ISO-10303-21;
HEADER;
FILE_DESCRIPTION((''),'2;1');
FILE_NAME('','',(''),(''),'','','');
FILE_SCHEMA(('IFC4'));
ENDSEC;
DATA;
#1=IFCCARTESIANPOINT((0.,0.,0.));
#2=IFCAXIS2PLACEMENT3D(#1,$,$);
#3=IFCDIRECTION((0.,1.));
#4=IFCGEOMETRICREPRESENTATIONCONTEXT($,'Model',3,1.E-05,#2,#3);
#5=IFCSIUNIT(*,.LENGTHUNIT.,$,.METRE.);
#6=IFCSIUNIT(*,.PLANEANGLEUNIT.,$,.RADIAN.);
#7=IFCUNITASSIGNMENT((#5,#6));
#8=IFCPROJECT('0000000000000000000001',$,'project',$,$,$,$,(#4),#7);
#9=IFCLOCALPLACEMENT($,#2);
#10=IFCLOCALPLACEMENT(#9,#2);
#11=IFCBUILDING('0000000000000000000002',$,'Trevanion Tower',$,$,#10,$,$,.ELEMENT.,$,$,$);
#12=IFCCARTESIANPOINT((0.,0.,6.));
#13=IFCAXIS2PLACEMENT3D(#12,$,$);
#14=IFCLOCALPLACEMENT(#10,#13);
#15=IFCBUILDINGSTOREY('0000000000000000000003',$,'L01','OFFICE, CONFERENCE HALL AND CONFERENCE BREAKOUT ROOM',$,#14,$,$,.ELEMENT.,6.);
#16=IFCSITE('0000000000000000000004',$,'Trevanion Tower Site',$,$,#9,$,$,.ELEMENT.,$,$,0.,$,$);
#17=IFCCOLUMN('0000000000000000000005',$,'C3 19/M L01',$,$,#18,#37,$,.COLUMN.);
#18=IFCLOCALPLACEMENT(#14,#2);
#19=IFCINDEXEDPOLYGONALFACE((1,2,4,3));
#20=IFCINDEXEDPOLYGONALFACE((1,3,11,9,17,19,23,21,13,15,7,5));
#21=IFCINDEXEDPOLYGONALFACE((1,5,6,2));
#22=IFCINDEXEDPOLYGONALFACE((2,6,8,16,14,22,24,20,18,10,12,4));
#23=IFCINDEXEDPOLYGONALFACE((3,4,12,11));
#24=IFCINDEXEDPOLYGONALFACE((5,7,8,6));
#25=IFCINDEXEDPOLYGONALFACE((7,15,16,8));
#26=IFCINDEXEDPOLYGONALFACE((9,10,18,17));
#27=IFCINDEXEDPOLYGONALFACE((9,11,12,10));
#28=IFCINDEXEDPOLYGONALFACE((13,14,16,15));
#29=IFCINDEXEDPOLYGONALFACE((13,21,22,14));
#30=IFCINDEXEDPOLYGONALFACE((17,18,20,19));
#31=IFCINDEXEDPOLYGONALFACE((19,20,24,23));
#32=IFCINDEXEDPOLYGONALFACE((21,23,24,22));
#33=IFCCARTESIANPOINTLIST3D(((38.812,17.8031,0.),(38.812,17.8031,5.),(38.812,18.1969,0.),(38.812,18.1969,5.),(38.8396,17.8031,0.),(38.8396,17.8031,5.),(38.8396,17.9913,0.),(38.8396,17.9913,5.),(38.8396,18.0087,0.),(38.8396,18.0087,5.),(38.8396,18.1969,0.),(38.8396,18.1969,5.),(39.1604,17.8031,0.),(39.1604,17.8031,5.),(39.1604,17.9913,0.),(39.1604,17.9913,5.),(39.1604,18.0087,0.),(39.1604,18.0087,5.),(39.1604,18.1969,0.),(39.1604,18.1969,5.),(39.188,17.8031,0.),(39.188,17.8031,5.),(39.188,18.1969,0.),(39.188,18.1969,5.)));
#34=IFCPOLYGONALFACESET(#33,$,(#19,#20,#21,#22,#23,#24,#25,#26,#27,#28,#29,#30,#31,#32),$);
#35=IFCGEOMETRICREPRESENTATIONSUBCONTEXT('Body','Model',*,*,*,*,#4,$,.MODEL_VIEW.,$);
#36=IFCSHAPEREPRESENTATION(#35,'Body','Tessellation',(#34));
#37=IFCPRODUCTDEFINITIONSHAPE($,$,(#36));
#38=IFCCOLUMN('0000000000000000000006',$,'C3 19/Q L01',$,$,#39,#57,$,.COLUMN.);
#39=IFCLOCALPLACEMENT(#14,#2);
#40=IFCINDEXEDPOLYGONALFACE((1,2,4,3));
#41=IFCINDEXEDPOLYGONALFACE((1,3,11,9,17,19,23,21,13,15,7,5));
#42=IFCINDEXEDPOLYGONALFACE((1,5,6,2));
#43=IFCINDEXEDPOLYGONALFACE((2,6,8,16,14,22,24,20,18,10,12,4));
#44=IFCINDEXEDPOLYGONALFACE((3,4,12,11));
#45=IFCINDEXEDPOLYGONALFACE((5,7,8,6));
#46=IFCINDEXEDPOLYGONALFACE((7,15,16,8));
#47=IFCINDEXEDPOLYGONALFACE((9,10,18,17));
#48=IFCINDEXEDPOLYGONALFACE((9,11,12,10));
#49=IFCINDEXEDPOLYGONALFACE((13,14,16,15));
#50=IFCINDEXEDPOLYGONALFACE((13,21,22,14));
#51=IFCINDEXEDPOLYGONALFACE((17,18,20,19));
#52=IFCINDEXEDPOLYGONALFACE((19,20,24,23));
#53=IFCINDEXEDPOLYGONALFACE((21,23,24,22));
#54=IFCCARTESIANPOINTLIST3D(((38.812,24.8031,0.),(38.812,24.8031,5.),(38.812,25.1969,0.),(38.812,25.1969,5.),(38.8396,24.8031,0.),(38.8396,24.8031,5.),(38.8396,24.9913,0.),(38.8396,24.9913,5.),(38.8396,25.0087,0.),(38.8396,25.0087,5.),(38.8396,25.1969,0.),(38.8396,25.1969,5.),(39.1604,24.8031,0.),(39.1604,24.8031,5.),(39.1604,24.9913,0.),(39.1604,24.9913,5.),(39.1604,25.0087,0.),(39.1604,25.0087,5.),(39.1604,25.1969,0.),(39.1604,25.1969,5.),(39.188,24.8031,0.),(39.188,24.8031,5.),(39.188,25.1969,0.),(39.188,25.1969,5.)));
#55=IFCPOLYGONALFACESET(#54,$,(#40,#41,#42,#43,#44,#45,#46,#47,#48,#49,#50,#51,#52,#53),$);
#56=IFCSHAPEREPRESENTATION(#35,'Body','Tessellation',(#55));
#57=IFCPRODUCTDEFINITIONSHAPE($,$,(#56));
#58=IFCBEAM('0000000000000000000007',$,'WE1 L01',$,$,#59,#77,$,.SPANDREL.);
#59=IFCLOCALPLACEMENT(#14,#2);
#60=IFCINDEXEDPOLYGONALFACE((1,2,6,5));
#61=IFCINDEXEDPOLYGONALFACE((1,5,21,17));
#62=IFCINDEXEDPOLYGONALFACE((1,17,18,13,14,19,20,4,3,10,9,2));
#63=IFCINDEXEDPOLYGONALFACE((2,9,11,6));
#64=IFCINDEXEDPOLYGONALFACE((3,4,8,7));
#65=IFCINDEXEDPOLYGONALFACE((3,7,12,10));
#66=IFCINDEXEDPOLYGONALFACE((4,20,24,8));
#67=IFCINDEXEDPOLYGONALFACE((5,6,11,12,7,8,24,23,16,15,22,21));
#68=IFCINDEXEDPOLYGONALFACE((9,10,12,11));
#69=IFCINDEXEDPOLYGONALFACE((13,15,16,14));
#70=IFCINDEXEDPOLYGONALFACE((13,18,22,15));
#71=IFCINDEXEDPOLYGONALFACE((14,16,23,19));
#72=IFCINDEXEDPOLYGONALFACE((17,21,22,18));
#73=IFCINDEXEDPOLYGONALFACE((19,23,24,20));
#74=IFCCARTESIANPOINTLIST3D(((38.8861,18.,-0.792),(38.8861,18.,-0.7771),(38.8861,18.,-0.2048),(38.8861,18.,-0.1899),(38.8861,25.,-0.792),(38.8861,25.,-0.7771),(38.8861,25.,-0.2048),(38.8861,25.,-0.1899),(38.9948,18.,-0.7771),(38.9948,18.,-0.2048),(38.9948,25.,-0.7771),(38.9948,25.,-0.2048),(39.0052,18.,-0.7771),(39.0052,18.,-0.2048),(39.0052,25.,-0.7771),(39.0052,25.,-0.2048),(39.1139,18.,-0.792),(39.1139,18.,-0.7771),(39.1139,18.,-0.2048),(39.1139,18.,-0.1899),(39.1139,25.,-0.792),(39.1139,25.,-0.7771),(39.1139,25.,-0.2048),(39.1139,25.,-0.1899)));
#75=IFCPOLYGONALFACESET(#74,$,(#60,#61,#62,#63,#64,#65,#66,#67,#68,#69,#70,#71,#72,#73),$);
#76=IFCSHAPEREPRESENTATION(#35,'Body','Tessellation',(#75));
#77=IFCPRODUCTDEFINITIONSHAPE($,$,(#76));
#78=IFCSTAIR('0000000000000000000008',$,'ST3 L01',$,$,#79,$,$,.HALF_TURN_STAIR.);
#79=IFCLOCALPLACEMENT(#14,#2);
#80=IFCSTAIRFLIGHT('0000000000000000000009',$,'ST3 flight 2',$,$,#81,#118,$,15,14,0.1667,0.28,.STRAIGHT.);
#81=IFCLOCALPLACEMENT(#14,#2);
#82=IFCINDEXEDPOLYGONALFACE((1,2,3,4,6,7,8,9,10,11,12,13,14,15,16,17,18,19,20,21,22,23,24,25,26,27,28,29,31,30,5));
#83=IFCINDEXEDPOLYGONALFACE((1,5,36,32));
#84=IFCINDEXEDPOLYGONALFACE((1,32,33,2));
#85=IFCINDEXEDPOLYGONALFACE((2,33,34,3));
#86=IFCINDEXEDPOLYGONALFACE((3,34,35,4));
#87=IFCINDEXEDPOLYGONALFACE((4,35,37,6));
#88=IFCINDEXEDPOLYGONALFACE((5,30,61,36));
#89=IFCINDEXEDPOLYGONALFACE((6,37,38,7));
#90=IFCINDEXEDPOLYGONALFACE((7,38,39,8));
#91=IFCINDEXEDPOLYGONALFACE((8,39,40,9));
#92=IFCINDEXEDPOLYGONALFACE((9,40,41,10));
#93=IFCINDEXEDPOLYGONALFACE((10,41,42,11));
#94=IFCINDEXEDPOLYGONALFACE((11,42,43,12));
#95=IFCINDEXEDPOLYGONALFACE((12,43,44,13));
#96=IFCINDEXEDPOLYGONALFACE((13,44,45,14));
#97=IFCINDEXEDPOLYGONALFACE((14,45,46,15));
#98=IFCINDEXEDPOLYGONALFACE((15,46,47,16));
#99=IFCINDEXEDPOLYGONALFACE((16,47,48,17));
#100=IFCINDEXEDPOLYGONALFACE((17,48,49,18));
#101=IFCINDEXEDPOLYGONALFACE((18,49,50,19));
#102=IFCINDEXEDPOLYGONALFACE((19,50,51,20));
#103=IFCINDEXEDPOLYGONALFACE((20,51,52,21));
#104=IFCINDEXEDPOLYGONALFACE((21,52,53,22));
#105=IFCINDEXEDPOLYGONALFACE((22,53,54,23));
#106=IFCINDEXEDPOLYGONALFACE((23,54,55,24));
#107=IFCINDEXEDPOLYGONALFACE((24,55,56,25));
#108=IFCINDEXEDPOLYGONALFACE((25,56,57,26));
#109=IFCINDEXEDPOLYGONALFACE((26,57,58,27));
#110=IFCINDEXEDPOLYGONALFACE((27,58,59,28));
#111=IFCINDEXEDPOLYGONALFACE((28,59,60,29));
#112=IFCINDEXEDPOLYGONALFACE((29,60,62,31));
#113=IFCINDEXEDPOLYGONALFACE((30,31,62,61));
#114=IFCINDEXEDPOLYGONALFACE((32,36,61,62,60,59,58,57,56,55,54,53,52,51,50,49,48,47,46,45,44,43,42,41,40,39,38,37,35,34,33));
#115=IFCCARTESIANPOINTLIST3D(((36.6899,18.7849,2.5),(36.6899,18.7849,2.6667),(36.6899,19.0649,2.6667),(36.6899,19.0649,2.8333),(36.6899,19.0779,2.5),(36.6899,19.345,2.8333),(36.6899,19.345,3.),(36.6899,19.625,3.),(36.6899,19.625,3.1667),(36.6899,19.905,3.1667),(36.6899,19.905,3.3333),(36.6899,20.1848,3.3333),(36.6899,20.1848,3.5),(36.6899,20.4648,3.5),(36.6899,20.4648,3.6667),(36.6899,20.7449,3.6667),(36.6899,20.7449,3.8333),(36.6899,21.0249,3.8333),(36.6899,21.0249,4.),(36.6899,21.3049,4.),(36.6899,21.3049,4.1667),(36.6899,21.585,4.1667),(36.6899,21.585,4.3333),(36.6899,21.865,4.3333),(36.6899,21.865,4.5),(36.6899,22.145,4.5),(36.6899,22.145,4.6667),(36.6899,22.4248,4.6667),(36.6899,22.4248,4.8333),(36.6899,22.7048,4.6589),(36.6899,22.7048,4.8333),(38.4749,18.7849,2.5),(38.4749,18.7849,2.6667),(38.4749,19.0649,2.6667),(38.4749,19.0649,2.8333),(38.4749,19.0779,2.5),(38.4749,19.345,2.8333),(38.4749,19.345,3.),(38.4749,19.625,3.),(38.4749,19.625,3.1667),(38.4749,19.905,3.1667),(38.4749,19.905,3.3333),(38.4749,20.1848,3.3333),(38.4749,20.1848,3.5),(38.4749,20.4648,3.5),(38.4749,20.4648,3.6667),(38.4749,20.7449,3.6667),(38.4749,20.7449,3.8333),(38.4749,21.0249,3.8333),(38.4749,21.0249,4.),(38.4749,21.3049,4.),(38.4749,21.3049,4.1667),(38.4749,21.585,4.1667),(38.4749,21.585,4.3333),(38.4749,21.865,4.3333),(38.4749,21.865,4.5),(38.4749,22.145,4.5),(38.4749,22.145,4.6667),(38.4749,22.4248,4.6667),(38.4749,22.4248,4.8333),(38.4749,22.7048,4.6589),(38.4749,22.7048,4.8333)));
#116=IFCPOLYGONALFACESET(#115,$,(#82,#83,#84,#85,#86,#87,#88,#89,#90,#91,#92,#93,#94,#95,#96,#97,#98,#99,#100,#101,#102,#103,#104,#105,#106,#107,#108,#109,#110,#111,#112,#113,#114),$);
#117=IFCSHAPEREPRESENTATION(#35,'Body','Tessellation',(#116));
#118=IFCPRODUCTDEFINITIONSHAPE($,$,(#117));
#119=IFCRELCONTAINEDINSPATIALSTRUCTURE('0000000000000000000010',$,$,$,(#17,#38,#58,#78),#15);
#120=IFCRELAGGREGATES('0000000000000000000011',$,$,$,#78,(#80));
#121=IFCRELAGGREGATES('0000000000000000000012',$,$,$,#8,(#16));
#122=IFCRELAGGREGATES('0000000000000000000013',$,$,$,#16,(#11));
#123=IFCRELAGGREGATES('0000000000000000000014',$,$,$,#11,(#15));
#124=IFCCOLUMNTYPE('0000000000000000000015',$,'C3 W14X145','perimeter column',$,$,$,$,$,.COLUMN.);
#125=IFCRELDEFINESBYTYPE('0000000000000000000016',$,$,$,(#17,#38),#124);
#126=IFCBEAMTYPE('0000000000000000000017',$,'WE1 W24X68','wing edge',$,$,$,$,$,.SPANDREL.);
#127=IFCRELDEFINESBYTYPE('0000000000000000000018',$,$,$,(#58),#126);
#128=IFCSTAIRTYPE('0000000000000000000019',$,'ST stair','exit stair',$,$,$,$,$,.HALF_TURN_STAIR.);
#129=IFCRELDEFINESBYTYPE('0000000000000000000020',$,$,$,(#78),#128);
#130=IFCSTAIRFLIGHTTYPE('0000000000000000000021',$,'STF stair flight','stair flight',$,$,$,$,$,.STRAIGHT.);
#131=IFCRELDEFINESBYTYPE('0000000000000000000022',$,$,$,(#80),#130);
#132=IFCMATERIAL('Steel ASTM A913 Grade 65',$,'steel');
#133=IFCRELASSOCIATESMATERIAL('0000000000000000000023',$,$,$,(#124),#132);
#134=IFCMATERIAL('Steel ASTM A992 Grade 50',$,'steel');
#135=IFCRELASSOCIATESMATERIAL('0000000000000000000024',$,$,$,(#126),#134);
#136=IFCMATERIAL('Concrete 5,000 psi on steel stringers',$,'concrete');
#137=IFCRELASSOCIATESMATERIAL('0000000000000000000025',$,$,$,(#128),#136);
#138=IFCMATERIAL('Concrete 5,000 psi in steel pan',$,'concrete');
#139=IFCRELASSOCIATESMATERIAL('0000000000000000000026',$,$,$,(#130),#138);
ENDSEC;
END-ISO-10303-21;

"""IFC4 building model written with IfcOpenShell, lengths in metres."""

from ifc_helpers import new_model, si_unit, direction, frame, origin, origin_2d, place, context, subcontext, project, spatial, polyline, i_section, outline, extrude, material, material_profile, profile_set, type_object, element, aggregate, save


model = new_model("IFC4")

# Units and contexts
model_context = context("Model", 3, precision=1e-05, world=origin(), true_north=direction((0.0, 1.0)))
body_context = subcontext(model_context, "Body", "Model", "MODEL_VIEW")
ifc_project = project(units=[si_unit("LENGTHUNIT", "METRE"), si_unit("PLANEANGLEUNIT", "RADIAN")], contexts=[model_context])

# Site, building, storey
site_placement = place(None, origin())
site = spatial("IfcSite", under=ifc_project, at=site_placement, Name="Trevanion Tower Site", CompositionType="ELEMENT", RefElevation=0.0)
building_placement = place(site_placement, origin())
building = spatial("IfcBuilding", under=site, at=building_placement, Name="Trevanion Tower", CompositionType="ELEMENT")
storey_placement = place(building_placement, frame((0.0, 0.0, 6.0)))
storey = spatial("IfcBuildingStorey", under=building, at=storey_placement, Name="L01", Description="OFFICE, CONFERENCE HALL AND CONFERENCE BREAKOUT ROOM", CompositionType="ELEMENT", Elevation=6.0)

# Columns
ifc_material_1 = material(Name="Steel ASTM A913 Grade 65", Category="steel")
ifc_material_profile_1 = material_profile(ifc_material_1, i_section(OverallWidth=0.3938, OverallDepth=0.376, WebThickness=0.0173, FlangeThickness=0.0276, at=origin_2d()), Name="W14X145")
ifc_profile_set_1 = profile_set([ifc_material_profile_1], Name="Steel ASTM A913 Grade 65")
column_type = type_object("IfcColumnType", Name="C3 W14X145", Description="perimeter column", PredefinedType="COLUMN", material=ifc_profile_set_1)
for number, where, z_axis, x_axis, name in (
    (1, (39.0, 18.0, 0.0), (0.0, 0.0, 1.0), (0.0, 1.0, 0.0), "C3 19/M L01"),
    (2, (39.0, 25.0, 0.0), (0.0, 0.0, 1.0), (0.0, 1.0, 0.0), "C3 19/Q L01"),
):
    element("IfcColumn", number, at=place(storey_placement, frame(where, z_axis=z_axis, x_axis=x_axis)), inside=storey, type_object=column_type, Name=name, PredefinedType="COLUMN", context=body_context, shape_type="SweptSolid", body=[
        extrude(i_section(OverallWidth=0.3938, OverallDepth=0.376, WebThickness=0.0173, FlangeThickness=0.0276, at=origin_2d()), origin(), (0.0, 0.0, 1.0), 5.0),
    ])

# Beam
ifc_material_2 = material(Name="Steel ASTM A992 Grade 50", Category="steel")
ifc_material_profile_2 = material_profile(ifc_material_2, i_section(OverallWidth=0.2278, OverallDepth=0.6021, WebThickness=0.0105, FlangeThickness=0.0149, at=origin_2d()), Name="W24X68")
ifc_profile_set_2 = profile_set([ifc_material_profile_2], Name="Steel ASTM A992 Grade 50")
beam_type = type_object("IfcBeamType", Name="WE1 W24X68", Description="wing edge", PredefinedType="SPANDREL", material=ifc_profile_set_2)
beam_placement = place(storey_placement, frame((39.0, 18.0, -0.491), z_axis=(0.0, 1.0, 0.0), x_axis=(-1.0, 0.0, 0.0)))
element("IfcBeam", 3, at=beam_placement, inside=storey, type_object=beam_type, Name="WE1 L01", PredefinedType="SPANDREL", context=body_context, shape_type="SweptSolid", body=[
    extrude(i_section(OverallWidth=0.2278, OverallDepth=0.6021, WebThickness=0.0105, FlangeThickness=0.0149, at=origin_2d()), origin(), (0.0, 0.0, 1.0), 7.0),
])

# Stair, stair flight
ifc_material_3 = material(Name="Concrete 5,000 psi on steel stringers", Category="concrete")
stair_type = type_object("IfcStairType", Name="ST stair", Description="exit stair", PredefinedType="HALF_TURN_STAIR", material=ifc_material_3)
stair_placement = place(storey_placement, origin())
stair = element("IfcStair", 4, at=stair_placement, inside=storey, type_object=stair_type, Name="ST3 L01", PredefinedType="HALF_TURN_STAIR")
ifc_material_4 = material(Name="Concrete 5,000 psi in steel pan", Category="concrete")
stair_flight_type = type_object("IfcStairFlightType", Name="STF stair flight", Description="stair flight", PredefinedType="STRAIGHT", material=ifc_material_4)
stair_flight_placement = place(storey_placement, frame((37.5825, 18.7849, 2.5), z_axis=(0.0, 0.0, 1.0), x_axis=(0.0, 1.0, 0.0)))
stair_flight = element("IfcStairFlight", 5, at=stair_flight_placement, type_object=stair_flight_type, Name="ST3 flight 2", NumberOfRisers=15, NumberOfTreads=14, PredefinedType="STRAIGHT", RiserHeight=0.1667, TreadLength=0.28, context=body_context, shape_type="SweptSolid", body=[
    extrude(outline(polyline([(0.0, 0.0), (0.0, 0.1667), (0.28, 0.1667), (0.28, 0.3333), (0.5601, 0.3333), (0.5601, 0.5), (0.8401, 0.5), (0.8401, 0.6667), (1.1201, 0.6667), (1.1201, 0.8333), (1.3999, 0.8333), (1.3999, 1.0), (1.6799, 1.0), (1.6799, 1.1667), (1.96, 1.1667), (1.96, 1.3333), (2.24, 1.3333), (2.24, 1.5), (2.52, 1.5), (2.52, 1.6667), (2.8, 1.6667), (2.8, 1.8333), (3.0801, 1.8333), (3.0801, 2.0), (3.3601, 2.0), (3.3601, 2.1667), (3.6399, 2.1667), (3.6399, 2.3333), (3.9199, 2.3333), (3.9199, 2.5), (3.9199, 2.1589), (0.293, 0.0), (0.0, 0.0)])), frame((0.0, 0.8926, 0.0), z_axis=(0.0, -1.0, 0.0), x_axis=(1.0, 0.0, 0.0)), (0.0, 0.0, 1.0), 1.7849),
])
aggregate(stair, [stair_flight])

save(model, "model.ifc")
